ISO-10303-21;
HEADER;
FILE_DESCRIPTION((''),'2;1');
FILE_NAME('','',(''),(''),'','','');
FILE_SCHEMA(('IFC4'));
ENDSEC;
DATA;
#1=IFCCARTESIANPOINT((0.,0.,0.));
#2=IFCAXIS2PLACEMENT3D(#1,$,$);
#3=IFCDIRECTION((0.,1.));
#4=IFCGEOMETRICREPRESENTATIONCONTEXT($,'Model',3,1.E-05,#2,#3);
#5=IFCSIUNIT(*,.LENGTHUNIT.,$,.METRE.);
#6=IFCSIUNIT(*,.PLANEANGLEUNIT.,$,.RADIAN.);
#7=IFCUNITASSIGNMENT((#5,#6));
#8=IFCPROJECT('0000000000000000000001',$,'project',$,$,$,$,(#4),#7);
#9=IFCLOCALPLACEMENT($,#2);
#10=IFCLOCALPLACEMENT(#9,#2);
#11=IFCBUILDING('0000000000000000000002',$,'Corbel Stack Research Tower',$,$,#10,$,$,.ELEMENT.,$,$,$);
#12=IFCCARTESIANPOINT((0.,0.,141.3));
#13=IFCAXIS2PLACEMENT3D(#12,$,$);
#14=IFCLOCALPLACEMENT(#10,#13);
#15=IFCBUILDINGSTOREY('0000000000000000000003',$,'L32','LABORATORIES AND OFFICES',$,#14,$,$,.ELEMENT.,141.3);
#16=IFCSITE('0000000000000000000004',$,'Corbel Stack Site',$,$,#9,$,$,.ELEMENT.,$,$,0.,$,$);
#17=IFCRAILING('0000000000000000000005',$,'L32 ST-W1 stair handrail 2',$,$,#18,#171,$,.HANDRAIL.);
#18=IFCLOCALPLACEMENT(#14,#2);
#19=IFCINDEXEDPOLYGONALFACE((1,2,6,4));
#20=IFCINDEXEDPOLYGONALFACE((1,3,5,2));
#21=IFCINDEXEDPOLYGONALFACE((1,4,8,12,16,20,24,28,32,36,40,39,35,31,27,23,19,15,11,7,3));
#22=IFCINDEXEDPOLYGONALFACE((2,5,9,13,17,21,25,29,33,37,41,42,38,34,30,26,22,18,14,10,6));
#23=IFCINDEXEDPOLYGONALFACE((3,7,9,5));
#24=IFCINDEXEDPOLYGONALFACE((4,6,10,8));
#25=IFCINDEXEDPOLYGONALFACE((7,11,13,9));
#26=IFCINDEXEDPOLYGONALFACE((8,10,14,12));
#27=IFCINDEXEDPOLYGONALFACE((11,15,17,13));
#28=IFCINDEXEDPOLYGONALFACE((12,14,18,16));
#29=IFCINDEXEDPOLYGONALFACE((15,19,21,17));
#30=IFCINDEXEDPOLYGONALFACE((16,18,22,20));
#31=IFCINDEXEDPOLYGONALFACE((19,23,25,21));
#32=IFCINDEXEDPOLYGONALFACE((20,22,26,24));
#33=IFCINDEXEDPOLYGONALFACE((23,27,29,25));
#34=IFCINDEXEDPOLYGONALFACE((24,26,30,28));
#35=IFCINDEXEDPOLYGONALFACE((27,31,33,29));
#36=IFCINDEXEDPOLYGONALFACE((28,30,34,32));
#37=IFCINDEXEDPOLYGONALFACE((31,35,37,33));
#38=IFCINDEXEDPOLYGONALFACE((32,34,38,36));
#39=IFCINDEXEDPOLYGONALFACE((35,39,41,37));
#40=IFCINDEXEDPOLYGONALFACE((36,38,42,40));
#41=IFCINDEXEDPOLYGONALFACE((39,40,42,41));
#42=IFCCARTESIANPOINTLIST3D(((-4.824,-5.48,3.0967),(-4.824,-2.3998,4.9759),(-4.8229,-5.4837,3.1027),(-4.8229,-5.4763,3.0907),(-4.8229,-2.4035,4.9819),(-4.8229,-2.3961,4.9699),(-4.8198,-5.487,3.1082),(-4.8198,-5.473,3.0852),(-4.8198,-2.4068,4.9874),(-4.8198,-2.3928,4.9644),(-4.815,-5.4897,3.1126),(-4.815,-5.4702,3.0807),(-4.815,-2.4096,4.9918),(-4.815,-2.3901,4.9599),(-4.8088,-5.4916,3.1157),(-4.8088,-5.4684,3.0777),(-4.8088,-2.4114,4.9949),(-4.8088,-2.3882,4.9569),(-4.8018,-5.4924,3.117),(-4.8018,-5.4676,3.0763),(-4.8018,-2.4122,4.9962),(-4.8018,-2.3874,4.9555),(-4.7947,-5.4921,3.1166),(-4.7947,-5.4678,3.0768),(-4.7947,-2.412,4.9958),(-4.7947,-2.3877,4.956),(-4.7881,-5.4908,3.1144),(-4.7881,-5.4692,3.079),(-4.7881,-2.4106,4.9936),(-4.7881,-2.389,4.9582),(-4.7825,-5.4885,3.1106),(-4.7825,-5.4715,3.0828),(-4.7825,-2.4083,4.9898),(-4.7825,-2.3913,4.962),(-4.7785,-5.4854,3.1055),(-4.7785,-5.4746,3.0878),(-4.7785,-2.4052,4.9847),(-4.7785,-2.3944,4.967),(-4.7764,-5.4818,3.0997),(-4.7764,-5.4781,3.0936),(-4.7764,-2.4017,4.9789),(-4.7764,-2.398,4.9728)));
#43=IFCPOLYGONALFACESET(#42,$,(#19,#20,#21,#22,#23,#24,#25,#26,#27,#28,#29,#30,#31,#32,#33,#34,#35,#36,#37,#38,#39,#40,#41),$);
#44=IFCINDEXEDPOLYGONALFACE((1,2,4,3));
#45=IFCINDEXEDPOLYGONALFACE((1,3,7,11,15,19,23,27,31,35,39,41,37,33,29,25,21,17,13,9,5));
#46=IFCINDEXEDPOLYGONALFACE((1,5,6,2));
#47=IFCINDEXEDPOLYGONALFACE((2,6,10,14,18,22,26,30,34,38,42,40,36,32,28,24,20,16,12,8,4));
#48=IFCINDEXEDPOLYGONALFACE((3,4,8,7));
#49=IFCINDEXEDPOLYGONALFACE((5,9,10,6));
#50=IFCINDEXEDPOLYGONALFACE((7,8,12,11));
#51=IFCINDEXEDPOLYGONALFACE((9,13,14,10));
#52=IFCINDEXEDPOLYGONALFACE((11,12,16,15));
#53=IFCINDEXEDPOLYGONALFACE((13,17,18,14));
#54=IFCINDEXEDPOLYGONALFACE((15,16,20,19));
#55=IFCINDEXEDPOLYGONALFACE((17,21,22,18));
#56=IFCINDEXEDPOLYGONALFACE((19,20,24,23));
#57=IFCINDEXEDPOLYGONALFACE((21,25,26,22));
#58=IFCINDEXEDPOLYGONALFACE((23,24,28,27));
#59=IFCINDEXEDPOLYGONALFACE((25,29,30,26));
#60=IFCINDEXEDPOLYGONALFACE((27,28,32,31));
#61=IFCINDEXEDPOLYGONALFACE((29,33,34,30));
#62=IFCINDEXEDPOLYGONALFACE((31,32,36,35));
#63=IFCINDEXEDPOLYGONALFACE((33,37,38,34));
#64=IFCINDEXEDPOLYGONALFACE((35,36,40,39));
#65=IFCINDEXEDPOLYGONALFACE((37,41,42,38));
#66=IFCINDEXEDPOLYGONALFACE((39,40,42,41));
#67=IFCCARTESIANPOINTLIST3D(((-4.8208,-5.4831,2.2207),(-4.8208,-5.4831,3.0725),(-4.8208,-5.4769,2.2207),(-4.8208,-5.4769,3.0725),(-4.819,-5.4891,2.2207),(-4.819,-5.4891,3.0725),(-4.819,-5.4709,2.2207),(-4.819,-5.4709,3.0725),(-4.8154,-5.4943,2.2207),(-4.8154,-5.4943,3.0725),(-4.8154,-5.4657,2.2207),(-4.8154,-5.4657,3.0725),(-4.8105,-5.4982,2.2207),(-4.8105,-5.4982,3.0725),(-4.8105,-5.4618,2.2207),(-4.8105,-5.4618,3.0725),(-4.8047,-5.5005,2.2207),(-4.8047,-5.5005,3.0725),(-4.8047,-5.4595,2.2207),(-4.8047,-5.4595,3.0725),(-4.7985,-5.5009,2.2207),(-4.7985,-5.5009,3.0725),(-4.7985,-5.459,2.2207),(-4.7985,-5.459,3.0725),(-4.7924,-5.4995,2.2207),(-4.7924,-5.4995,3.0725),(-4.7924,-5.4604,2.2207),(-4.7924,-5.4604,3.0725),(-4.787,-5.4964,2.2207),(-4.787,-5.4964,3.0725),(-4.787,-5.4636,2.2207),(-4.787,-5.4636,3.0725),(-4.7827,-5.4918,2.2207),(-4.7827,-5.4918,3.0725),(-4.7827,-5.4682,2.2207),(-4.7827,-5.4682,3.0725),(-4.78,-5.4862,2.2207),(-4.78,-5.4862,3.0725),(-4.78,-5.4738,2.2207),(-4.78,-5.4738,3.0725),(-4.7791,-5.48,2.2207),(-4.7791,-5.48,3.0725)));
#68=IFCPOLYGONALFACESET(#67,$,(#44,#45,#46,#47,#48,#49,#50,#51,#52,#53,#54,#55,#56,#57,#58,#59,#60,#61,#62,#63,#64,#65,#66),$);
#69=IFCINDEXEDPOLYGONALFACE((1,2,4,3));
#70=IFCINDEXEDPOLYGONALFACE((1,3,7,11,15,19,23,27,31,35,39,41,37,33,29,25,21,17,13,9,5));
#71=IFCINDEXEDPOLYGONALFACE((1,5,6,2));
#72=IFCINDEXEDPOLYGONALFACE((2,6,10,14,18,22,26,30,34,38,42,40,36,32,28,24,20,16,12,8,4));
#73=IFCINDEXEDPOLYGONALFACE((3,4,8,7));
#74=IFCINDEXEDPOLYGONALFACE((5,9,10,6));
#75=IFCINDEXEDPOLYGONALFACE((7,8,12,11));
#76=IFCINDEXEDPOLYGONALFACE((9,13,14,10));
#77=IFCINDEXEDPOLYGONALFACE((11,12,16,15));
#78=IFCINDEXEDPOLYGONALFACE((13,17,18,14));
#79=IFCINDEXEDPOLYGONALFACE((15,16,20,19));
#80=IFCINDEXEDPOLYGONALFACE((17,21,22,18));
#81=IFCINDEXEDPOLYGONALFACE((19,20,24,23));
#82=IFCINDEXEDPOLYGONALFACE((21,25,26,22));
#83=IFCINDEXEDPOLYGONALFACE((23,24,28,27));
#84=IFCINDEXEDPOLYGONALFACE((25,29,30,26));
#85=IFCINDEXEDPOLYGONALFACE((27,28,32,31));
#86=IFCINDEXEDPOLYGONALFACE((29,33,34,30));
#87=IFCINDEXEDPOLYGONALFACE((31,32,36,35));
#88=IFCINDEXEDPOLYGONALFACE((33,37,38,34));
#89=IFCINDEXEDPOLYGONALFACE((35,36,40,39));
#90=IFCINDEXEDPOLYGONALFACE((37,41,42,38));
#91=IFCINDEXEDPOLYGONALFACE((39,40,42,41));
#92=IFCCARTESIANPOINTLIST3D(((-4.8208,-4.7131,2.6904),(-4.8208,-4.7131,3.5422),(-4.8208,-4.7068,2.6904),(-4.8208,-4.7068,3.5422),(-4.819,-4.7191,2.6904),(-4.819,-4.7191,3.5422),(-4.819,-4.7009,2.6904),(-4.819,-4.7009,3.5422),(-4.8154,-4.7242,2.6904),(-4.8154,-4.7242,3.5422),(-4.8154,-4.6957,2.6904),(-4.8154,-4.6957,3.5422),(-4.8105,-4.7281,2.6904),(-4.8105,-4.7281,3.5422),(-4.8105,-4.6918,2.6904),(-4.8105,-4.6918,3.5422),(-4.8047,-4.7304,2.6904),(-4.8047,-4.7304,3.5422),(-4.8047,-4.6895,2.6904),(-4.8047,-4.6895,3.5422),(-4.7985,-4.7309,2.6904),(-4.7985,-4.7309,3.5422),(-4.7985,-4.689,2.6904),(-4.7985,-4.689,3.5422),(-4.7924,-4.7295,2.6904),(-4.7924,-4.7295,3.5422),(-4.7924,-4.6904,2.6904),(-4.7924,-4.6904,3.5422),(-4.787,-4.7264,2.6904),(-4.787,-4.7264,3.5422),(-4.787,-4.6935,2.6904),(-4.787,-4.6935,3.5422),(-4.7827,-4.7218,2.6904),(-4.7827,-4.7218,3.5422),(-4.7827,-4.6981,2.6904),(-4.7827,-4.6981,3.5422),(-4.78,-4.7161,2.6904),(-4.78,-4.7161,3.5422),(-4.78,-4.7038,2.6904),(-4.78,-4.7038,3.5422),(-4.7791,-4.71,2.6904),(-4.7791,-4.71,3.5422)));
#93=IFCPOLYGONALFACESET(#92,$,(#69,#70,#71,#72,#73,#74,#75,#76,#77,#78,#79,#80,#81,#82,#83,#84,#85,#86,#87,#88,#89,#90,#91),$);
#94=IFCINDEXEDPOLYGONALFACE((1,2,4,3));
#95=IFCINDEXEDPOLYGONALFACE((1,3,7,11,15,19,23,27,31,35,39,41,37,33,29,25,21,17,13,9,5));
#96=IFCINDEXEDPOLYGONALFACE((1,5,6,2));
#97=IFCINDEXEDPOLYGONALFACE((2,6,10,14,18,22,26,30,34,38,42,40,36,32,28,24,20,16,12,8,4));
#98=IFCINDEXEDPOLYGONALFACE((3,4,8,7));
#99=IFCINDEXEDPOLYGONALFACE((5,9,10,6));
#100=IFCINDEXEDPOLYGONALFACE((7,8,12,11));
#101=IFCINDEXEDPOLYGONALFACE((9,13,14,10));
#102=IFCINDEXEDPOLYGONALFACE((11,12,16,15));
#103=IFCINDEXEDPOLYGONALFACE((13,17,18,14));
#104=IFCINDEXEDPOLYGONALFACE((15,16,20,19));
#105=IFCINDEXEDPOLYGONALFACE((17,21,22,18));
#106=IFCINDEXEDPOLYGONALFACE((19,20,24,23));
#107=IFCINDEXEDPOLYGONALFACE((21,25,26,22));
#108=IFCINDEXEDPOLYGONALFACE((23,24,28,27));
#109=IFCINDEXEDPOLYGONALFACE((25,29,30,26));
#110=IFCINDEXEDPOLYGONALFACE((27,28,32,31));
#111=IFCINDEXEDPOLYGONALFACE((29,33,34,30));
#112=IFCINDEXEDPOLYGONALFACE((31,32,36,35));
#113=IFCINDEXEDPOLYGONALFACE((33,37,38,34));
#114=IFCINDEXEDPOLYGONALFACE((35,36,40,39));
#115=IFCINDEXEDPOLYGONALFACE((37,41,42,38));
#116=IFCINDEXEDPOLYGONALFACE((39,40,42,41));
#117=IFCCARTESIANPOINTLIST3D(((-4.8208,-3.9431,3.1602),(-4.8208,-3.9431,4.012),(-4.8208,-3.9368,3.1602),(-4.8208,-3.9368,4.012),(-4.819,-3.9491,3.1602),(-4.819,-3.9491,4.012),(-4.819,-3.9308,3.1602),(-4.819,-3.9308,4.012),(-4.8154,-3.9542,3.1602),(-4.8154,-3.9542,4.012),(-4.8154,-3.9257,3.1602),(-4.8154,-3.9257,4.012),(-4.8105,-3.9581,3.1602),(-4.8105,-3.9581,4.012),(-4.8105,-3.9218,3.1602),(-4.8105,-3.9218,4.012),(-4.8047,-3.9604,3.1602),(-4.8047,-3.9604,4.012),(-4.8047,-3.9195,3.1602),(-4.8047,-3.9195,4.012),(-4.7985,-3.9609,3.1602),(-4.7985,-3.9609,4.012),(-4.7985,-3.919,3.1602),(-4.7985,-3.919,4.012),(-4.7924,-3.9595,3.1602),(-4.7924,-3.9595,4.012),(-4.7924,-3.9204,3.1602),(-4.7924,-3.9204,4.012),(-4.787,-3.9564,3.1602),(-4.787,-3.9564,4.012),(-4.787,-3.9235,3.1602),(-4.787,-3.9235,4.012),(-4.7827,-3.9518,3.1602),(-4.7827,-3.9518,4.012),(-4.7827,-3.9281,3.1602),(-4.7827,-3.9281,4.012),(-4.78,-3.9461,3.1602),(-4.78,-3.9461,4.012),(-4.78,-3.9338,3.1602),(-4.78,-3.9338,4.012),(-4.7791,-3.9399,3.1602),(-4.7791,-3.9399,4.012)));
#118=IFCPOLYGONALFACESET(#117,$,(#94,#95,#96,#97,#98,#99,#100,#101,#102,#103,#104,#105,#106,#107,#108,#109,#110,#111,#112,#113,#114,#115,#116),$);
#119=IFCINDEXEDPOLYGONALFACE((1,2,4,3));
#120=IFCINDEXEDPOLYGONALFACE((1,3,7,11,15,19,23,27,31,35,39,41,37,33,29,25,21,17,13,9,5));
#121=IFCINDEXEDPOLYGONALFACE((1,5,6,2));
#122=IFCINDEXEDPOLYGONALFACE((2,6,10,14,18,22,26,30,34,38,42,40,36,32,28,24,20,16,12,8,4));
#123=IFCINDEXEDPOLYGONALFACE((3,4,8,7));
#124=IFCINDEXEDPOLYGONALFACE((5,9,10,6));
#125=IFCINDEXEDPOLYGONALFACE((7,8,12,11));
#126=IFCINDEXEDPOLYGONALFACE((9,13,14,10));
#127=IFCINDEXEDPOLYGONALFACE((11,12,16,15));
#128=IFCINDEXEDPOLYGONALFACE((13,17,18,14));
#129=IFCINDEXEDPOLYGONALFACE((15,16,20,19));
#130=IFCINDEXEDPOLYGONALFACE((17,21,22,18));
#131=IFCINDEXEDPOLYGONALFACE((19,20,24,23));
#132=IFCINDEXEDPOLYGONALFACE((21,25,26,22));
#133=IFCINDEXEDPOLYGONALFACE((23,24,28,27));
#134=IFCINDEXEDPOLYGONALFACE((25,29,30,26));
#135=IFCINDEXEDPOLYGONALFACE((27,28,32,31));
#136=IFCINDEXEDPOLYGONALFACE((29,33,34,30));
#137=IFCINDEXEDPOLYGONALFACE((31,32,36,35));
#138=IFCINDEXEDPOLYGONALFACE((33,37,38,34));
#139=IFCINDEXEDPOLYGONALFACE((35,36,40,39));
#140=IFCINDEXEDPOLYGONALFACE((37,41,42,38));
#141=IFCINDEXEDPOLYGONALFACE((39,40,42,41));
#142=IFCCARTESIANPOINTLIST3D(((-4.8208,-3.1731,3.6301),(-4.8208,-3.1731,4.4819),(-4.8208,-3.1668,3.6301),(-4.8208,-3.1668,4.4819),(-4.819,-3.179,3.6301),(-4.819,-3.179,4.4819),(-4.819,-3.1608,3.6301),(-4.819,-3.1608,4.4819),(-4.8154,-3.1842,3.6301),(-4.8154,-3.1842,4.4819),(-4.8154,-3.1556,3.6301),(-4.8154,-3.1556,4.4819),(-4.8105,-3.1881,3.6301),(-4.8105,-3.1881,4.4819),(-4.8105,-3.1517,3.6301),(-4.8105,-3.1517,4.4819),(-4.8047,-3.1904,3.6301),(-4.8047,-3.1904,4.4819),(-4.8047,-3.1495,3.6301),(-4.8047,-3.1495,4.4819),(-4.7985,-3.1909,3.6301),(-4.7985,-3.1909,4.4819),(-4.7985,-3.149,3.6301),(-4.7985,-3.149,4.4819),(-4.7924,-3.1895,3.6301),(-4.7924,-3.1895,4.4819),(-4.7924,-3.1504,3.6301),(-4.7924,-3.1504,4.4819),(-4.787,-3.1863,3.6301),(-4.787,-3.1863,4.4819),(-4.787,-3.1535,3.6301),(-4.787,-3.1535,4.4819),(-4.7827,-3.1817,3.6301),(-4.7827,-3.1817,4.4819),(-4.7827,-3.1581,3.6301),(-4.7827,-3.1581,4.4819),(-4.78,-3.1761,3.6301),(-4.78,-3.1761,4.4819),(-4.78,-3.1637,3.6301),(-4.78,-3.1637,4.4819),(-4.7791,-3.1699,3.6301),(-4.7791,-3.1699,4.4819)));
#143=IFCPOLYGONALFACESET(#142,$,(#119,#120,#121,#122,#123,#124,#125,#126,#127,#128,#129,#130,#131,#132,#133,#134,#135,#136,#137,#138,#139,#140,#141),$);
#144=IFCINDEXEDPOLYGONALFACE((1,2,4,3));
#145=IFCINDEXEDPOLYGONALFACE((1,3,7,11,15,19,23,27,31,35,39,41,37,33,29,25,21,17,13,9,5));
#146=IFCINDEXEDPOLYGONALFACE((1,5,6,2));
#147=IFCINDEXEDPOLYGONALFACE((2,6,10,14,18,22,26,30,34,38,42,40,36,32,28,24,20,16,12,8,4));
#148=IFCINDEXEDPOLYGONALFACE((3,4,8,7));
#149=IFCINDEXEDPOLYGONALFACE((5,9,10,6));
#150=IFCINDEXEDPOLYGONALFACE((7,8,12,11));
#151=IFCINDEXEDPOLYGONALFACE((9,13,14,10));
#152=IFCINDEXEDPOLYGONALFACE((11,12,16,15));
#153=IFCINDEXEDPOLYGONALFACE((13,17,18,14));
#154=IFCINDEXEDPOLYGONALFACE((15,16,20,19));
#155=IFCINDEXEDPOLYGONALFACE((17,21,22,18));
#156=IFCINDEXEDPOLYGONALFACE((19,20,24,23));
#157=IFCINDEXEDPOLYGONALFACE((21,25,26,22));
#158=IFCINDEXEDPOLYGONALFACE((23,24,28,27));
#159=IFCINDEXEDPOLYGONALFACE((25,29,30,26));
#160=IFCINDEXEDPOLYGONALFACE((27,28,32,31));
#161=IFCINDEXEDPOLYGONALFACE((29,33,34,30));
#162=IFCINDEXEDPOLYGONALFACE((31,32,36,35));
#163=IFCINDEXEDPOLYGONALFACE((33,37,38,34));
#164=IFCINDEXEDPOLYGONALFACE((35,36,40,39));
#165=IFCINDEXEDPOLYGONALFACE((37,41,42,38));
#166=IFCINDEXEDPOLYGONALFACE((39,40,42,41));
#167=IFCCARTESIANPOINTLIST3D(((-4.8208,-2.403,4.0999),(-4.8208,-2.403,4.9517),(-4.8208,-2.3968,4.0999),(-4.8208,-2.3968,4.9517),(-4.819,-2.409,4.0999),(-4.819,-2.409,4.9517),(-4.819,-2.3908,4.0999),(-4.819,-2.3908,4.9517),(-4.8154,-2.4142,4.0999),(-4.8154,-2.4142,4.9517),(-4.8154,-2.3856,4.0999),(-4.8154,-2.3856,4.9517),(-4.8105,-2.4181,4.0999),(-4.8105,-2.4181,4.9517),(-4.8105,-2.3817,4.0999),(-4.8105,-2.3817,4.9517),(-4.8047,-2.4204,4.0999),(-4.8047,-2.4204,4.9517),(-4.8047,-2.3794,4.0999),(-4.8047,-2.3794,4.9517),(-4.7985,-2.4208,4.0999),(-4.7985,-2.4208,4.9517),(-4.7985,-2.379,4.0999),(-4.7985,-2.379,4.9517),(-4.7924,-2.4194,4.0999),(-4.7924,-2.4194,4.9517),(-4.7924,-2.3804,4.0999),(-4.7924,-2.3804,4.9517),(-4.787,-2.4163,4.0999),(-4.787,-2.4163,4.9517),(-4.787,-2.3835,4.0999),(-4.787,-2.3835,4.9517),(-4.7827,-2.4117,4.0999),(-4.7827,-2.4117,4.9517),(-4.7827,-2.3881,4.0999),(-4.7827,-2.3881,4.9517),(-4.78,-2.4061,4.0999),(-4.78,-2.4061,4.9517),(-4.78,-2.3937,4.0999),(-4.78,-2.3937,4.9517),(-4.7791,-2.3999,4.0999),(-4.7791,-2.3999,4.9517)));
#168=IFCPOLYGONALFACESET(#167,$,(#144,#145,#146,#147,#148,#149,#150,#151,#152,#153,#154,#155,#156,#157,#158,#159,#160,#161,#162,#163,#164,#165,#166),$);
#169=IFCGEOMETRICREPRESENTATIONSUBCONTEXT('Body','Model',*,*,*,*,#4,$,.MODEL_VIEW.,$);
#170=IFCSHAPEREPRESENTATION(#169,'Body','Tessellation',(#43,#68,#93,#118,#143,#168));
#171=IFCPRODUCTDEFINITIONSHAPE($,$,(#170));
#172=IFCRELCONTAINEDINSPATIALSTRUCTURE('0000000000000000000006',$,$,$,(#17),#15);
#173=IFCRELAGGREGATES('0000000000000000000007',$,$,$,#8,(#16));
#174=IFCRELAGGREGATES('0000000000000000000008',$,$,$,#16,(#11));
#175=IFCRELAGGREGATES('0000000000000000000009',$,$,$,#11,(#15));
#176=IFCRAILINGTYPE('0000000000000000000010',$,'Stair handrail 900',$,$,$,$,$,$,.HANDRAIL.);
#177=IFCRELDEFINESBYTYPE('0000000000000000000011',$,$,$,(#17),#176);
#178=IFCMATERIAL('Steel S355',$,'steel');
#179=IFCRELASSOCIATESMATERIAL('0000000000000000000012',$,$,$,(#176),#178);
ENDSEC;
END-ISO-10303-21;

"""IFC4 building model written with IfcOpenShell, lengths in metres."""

from ifc_helpers import new_model, si_unit, direction, frame, origin, origin_2d, place, context, subcontext, project, spatial, circle, extrude, material, type_object, element, save


model = new_model("IFC4")

# Units and contexts
model_context = context("Model", 3, precision=1e-05, world=origin(), true_north=direction((0.0, 1.0)))
body_context = subcontext(model_context, "Body", "Model", "MODEL_VIEW")
ifc_project = project(units=[si_unit("LENGTHUNIT", "METRE"), si_unit("PLANEANGLEUNIT", "RADIAN")], contexts=[model_context])

# Site, building, storey
site_placement = place(None, origin())
site = spatial("IfcSite", under=ifc_project, at=site_placement, Name="Corbel Stack Site", CompositionType="ELEMENT", RefElevation=0.0)
building_placement = place(site_placement, origin())
building = spatial("IfcBuilding", under=site, at=building_placement, Name="Corbel Stack Research Tower", CompositionType="ELEMENT")
storey_placement = place(building_placement, frame((0.0, 0.0, 141.3)))
storey = spatial("IfcBuildingStorey", under=building, at=storey_placement, Name="L32", Description="LABORATORIES AND OFFICES", CompositionType="ELEMENT", Elevation=141.3)

# Railing
ifc_material_1 = material(Name="Steel S355", Category="steel")
railing_type_1 = type_object("IfcRailingType", Name="Stair handrail 900", PredefinedType="HANDRAIL", material=ifc_material_1)
railing_1_placement = place(storey_placement, frame((-4.8, -5.48, 2.2207)))
element("IfcRailing", 1, at=railing_1_placement, inside=storey, type_object=railing_type_1, Name="L32 ST-W1 stair handrail 2", PredefinedType="HANDRAIL", context=body_context, shape_type="SweptSolid", body=[
    extrude(circle(Radius=0.0239, at=origin_2d()), frame((0.0, 0.0, 0.876), z_axis=(0.0, 0.853666, 0.52082), x_axis=(-1.0, 0.0, 0.0)), (0.0, 0.0, 1.0), 3.6082),
    extrude(circle(Radius=0.021, at=origin_2d()), origin(), (0.0, 0.0, 1.0), 0.8518),
    extrude(circle(Radius=0.021, at=origin_2d()), frame((0.0, 0.77, 0.4697)), (0.0, 0.0, 1.0), 0.8518),
    extrude(circle(Radius=0.021, at=origin_2d()), frame((0.0, 1.54, 0.9395)), (0.0, 0.0, 1.0), 0.8518),
    extrude(circle(Radius=0.021, at=origin_2d()), frame((0.0, 2.3101, 1.4094)), (0.0, 0.0, 1.0), 0.8518),
    extrude(circle(Radius=0.021, at=origin_2d()), frame((0.0, 3.0801, 1.8792)), (0.0, 0.0, 1.0), 0.8518),
])

save(model, "model.ifc")
